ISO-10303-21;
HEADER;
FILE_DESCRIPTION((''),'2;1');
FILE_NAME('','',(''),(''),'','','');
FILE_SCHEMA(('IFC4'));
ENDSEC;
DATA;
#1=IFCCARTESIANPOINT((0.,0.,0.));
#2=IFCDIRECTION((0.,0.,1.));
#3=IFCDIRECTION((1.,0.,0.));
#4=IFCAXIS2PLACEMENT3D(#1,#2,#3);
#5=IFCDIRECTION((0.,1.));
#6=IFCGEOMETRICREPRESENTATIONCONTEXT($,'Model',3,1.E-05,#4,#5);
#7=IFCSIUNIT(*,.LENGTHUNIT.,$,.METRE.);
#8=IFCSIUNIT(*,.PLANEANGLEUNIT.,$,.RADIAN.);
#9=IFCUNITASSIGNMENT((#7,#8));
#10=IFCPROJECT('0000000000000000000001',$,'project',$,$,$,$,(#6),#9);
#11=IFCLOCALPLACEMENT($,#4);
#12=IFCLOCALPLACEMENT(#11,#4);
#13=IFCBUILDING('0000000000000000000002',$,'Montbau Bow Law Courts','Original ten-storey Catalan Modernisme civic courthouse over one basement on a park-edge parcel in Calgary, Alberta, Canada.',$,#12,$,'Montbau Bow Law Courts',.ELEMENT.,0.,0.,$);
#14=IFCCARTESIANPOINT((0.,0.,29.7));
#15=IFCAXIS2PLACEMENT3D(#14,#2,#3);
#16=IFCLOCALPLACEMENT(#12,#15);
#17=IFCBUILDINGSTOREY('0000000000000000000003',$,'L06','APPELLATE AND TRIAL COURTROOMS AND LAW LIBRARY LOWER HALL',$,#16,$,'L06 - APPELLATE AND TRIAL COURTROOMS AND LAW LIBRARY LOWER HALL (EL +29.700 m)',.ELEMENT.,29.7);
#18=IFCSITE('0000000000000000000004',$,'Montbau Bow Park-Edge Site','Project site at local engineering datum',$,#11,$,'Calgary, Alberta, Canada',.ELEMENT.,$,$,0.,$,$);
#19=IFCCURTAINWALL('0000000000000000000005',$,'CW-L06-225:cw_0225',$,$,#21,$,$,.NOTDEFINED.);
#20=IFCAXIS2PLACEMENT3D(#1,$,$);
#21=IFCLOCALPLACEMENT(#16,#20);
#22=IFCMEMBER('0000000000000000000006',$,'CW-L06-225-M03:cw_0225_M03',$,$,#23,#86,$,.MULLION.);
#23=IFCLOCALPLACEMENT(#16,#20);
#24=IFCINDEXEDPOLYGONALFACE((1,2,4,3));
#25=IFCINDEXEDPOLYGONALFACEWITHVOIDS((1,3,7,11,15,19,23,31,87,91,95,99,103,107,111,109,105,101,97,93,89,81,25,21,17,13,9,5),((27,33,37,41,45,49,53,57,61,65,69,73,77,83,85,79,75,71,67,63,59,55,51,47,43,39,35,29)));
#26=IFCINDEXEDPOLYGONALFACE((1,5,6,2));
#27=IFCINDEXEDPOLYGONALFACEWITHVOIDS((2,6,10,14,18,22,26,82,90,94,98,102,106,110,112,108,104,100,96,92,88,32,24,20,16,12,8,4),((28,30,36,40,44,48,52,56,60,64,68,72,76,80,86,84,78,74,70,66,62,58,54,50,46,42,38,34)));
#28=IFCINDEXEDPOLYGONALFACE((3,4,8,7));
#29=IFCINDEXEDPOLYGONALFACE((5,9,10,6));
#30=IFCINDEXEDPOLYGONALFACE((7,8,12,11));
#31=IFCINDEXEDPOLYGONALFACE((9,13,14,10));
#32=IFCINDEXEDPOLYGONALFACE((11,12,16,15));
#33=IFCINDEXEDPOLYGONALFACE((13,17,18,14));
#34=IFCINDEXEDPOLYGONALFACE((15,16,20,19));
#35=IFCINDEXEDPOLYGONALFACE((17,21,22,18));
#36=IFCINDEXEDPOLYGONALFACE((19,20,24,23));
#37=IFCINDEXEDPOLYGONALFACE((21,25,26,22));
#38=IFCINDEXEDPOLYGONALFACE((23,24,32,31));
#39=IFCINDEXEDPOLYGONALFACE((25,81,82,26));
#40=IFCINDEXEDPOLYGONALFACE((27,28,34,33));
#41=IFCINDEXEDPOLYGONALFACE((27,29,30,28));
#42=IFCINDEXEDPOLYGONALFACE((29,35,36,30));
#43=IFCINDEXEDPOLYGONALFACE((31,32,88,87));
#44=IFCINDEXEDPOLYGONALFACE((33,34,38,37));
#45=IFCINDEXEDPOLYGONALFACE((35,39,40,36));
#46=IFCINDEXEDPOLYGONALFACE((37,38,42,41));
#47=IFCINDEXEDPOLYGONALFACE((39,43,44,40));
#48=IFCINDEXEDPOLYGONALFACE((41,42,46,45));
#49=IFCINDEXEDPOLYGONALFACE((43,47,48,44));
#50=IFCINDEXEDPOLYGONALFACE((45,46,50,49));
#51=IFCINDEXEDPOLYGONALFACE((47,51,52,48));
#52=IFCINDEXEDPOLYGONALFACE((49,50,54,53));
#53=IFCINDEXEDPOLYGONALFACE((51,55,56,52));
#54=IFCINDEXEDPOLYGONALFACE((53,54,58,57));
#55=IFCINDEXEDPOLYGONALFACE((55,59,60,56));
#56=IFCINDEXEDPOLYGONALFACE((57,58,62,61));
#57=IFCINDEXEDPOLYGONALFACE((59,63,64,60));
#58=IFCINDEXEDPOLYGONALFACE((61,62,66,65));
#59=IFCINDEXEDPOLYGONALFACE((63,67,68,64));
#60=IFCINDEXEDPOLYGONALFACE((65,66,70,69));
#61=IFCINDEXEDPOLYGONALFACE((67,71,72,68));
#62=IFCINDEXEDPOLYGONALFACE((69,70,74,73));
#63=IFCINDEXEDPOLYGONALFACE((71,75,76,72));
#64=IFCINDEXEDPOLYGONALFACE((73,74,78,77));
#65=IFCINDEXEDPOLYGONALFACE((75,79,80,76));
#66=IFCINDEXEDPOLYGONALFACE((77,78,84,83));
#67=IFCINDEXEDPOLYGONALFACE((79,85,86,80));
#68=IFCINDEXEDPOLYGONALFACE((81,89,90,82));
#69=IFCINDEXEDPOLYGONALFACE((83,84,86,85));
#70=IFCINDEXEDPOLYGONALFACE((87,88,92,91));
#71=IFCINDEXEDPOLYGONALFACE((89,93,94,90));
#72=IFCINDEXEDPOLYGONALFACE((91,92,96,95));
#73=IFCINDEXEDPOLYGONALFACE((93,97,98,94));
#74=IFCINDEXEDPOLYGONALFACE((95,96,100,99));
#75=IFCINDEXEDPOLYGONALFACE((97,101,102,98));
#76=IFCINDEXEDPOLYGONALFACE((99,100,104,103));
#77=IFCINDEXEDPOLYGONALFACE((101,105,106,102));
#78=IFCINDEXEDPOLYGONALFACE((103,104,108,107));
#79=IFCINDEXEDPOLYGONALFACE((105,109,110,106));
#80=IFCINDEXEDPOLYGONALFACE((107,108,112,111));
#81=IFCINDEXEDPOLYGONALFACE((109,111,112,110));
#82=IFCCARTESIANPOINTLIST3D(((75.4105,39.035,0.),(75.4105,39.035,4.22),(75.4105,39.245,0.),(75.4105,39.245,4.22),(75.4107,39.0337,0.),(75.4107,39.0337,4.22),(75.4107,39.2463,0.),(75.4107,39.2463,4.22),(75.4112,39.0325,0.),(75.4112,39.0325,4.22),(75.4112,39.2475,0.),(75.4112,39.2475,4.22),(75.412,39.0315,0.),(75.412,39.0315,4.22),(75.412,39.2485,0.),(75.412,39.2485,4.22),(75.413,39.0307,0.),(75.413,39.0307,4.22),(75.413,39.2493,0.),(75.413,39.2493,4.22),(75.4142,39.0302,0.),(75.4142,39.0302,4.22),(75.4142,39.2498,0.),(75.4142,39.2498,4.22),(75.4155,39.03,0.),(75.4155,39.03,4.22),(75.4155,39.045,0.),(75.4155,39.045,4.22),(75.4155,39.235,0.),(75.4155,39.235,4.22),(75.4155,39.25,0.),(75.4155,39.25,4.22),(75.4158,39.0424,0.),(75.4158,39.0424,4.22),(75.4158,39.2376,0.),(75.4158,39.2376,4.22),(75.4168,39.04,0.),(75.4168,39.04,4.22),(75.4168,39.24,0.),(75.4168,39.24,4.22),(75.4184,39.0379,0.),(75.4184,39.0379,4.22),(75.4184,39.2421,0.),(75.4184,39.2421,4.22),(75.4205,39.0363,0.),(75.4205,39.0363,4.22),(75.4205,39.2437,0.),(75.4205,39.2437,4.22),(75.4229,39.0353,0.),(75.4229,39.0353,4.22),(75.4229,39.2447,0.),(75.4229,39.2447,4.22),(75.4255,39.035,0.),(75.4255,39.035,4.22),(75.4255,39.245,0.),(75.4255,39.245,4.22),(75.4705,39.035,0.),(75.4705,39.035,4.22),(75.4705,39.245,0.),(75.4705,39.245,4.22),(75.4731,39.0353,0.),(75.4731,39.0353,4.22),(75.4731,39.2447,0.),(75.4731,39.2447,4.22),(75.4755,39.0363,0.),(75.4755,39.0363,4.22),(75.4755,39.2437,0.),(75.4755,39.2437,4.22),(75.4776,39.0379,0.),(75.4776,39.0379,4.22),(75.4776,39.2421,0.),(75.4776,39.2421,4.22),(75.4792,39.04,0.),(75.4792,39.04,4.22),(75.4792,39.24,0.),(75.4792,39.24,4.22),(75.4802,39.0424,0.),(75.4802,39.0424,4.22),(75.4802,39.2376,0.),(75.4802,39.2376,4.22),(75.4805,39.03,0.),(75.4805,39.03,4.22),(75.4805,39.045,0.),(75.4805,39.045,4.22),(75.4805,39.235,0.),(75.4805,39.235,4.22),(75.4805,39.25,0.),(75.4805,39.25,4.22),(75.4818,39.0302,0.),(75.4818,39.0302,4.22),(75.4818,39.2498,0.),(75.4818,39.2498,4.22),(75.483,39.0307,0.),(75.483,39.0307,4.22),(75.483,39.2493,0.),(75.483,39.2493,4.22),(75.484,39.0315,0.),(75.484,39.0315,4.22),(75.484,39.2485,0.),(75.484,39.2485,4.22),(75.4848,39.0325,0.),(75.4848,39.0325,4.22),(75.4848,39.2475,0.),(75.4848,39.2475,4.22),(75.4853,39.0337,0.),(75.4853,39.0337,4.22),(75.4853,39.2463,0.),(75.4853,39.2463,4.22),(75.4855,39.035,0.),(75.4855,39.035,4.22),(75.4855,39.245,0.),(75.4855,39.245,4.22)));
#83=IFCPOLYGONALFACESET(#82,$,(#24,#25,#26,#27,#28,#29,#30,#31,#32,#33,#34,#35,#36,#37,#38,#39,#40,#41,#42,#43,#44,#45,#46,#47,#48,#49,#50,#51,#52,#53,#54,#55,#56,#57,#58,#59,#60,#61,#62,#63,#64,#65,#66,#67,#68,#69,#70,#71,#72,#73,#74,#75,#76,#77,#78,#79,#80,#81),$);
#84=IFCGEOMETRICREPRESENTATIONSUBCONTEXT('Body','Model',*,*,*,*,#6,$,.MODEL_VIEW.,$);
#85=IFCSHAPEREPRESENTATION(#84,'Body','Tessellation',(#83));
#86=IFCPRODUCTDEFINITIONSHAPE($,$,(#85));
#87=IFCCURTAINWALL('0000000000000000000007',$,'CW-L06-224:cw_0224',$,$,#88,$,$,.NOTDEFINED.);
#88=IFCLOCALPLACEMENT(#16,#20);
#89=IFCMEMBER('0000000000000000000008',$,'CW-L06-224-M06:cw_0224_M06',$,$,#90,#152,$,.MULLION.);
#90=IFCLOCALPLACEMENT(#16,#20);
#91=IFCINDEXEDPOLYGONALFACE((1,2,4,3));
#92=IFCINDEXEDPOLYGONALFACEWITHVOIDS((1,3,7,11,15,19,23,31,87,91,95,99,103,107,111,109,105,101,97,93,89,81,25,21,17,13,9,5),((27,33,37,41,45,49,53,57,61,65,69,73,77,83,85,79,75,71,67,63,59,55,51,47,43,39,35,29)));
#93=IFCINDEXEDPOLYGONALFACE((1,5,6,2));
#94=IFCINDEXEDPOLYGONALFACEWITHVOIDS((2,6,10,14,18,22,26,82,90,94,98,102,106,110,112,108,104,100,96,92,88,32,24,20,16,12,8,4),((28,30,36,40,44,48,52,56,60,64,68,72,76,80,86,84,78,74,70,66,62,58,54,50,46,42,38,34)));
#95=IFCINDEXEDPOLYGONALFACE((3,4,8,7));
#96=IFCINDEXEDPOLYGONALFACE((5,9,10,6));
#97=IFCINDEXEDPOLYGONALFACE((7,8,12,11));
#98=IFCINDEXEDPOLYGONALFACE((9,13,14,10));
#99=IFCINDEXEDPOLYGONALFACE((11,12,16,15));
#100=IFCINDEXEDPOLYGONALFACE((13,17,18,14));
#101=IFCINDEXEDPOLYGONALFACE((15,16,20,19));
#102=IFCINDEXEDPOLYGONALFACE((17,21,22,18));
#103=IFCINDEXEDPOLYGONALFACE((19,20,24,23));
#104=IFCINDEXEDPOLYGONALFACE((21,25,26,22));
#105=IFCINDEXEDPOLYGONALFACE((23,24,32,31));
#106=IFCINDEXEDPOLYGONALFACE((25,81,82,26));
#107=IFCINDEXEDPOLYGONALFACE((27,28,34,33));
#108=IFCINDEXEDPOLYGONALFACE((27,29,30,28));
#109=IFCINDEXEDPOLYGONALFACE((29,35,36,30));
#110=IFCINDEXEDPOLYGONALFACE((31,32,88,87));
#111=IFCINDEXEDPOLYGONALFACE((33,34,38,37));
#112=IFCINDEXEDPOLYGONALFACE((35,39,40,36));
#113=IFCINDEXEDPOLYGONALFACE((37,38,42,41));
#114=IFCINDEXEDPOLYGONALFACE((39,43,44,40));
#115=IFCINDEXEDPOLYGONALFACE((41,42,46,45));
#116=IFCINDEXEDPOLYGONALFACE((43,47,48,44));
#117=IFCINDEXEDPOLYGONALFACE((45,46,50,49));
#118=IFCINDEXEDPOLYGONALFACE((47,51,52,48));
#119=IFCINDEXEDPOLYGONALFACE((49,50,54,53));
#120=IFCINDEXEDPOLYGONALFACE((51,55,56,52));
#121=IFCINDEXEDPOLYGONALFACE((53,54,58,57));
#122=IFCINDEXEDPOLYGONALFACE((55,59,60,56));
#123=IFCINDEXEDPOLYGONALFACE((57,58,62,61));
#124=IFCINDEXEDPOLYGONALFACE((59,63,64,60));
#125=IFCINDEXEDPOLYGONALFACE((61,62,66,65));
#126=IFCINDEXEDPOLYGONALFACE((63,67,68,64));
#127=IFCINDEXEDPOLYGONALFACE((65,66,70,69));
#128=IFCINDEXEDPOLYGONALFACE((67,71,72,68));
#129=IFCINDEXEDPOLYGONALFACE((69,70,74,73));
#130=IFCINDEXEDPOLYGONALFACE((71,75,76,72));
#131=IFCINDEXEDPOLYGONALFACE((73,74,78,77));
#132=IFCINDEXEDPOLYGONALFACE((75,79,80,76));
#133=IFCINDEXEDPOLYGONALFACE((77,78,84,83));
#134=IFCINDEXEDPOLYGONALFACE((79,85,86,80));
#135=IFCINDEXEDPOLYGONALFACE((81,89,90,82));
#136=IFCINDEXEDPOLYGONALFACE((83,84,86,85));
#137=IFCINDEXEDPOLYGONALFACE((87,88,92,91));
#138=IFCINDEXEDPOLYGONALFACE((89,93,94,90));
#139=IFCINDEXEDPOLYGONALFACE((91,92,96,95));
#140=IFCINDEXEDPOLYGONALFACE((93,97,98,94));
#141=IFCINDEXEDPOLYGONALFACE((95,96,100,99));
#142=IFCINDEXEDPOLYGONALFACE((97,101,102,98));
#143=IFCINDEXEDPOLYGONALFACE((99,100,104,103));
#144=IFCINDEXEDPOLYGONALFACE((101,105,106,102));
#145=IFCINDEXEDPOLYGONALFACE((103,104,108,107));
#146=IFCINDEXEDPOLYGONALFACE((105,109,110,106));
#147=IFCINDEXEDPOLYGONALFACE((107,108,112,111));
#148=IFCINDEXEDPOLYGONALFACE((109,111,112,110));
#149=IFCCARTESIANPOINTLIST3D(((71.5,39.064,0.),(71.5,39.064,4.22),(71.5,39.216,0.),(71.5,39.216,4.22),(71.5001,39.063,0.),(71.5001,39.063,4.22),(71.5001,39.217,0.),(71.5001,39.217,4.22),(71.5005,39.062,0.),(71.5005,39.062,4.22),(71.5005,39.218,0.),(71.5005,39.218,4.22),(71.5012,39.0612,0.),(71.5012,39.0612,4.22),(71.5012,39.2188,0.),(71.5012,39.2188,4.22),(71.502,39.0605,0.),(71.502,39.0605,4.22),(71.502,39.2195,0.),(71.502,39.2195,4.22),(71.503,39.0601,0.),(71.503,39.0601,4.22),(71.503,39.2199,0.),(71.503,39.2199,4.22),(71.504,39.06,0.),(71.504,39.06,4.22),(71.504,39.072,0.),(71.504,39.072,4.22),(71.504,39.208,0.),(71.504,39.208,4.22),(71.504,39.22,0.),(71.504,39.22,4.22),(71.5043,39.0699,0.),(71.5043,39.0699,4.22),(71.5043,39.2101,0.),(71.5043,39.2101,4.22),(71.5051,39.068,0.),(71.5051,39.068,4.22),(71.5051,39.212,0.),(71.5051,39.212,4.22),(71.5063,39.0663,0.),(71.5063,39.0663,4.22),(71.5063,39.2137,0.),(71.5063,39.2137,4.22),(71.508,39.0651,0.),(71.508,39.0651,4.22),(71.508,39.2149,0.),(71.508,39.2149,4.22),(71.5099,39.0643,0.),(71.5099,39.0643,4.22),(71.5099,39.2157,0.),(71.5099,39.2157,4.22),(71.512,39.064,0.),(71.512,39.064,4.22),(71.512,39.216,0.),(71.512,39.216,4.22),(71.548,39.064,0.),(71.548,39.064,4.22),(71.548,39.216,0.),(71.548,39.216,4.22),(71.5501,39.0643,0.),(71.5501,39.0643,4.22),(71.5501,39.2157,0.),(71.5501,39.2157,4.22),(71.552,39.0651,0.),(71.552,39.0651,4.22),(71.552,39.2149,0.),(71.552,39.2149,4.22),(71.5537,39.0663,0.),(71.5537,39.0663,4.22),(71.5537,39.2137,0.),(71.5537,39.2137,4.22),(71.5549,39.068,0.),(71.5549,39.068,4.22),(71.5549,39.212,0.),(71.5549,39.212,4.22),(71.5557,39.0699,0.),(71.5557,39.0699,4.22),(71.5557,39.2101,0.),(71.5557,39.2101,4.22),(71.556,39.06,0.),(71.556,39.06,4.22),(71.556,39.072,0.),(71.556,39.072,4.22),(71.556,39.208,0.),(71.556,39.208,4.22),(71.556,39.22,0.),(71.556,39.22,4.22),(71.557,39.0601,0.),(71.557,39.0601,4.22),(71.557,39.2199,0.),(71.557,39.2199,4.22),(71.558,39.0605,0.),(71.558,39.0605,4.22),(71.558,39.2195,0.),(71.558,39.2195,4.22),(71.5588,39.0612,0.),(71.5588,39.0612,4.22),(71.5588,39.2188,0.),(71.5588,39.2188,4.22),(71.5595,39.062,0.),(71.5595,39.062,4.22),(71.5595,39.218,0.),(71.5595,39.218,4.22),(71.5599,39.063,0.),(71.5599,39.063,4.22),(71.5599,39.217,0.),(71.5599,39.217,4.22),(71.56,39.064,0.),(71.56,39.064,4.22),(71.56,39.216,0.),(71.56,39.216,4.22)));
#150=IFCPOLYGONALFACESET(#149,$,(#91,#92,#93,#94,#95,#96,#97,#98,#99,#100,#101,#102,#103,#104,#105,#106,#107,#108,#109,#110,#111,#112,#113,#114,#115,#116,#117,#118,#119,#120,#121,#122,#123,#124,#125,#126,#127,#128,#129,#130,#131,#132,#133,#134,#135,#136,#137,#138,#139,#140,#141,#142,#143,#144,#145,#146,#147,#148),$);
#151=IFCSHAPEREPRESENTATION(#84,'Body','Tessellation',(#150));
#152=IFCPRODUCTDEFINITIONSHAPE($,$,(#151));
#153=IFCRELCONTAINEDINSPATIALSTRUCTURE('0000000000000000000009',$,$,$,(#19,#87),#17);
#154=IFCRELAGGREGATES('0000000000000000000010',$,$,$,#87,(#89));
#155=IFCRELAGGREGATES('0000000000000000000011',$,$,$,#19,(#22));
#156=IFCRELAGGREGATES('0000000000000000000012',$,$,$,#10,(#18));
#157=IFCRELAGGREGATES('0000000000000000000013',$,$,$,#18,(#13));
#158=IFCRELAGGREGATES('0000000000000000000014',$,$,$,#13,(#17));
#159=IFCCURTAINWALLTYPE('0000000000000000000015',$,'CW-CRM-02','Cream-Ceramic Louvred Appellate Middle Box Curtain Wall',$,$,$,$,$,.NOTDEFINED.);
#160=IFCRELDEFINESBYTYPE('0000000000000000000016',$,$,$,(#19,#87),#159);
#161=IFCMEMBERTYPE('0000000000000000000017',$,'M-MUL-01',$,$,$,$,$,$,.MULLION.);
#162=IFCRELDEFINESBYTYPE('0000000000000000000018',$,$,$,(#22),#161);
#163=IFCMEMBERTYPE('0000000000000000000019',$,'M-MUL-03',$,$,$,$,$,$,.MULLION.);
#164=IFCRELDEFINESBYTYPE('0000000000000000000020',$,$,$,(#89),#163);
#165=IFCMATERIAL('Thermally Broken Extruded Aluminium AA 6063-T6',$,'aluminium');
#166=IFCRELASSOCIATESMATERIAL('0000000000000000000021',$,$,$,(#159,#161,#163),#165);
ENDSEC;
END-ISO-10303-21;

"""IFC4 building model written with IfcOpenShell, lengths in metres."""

from ifc_helpers import new_model, si_unit, direction, frame, origin_with_axes, origin_2d_with_axis, place, context, subcontext, project, spatial, hollow_rectangle, extrude, material, material_profile, profile_set, type_object, element, aggregate, save


model = new_model("IFC4")

# Units and contexts
model_context = context("Model", 3, precision=1e-05, world=origin_with_axes(), true_north=direction((0.0, 1.0)))
body_context = subcontext(model_context, "Body", "Model", "MODEL_VIEW")
ifc_project = project(units=[si_unit("LENGTHUNIT", "METRE"), si_unit("PLANEANGLEUNIT", "RADIAN")], contexts=[model_context])

# Site, building, storey
site_placement = place(None, origin_with_axes())
site = spatial("IfcSite", under=ifc_project, at=site_placement, Name="Montbau Bow Park-Edge Site", Description="Project site at local engineering datum", LongName="Calgary, Alberta, Canada", CompositionType="ELEMENT", RefElevation=0.0)
building_placement = place(site_placement, origin_with_axes())
building = spatial("IfcBuilding", under=site, at=building_placement, Name="Montbau Bow Law Courts", Description="Original ten-storey Catalan Modernisme civic courthouse over one basement on a park-edge parcel in Calgary, Alberta, Canada.", LongName="Montbau Bow Law Courts", CompositionType="ELEMENT", ElevationOfRefHeight=0.0, ElevationOfTerrain=0.0)
storey_placement = place(building_placement, frame((0.0, 0.0, 29.7), z_axis=(0.0, 0.0, 1.0), x_axis=(1.0, 0.0, 0.0)))
storey = spatial("IfcBuildingStorey", under=building, at=storey_placement, Name="L06", Description="APPELLATE AND TRIAL COURTROOMS AND LAW LIBRARY LOWER HALL", LongName="L06 - APPELLATE AND TRIAL COURTROOMS AND LAW LIBRARY LOWER HALL (EL +29.700 m)", CompositionType="ELEMENT", Elevation=29.7)

# Curtain walls, members
ifc_material_1 = material(Name="Thermally Broken Extruded Aluminium AA 6063-T6", Category="aluminium")
curtain_wall_type = type_object("IfcCurtainWallType", Name="CW-CRM-02", Description="Cream-Ceramic Louvred Appellate Middle Box Curtain Wall", PredefinedType="NOTDEFINED", material=ifc_material_1)
curtain_wall_1_placement = place(None, frame((72.44, 39.14, 29.7), z_axis=(0.0, 0.0, 1.0), x_axis=(1.0, 0.0, 0.0)))
curtain_wall_1 = element("IfcCurtainWall", 1, at=curtain_wall_1_placement, inside=storey, type_object=curtain_wall_type, Name="CW-L06-225:cw_0225", PredefinedType="NOTDEFINED")
ifc_material_profile_1 = material_profile(ifc_material_1, hollow_rectangle(XDim=0.075, YDim=0.22, WallThickness=0.005, InnerFilletRadius=0.01, OuterFilletRadius=0.005, at=origin_2d_with_axis()), Name="CWM-220X75", Category="Main", Priority=0)
ifc_profile_set_1 = profile_set([ifc_material_profile_1], Name="Thermally Broken Extruded Aluminium AA 6063-T6")
member_type_1 = type_object("IfcMemberType", Name="M-MUL-01", PredefinedType="MULLION", material=ifc_profile_set_1)
member_1_placement = place(None, frame((75.448, 39.14, 29.7), z_axis=(0.0, 0.0, 1.0), x_axis=(1.0, 0.0, 0.0)))
member_1 = element("IfcMember", 2, at=member_1_placement, type_object=member_type_1, Name="CW-L06-225-M03:cw_0225_M03", PredefinedType="MULLION", context=body_context, shape_type="SweptSolid", body=[
    extrude(hollow_rectangle(XDim=0.075, YDim=0.22, WallThickness=0.005, InnerFilletRadius=0.01, OuterFilletRadius=0.005, at=origin_2d_with_axis()), origin_with_axes(), (0.0, 0.0, 1.0), 4.22),
])
curtain_wall_2_placement = place(None, frame((64.04, 39.14, 29.7), z_axis=(0.0, 0.0, 1.0), x_axis=(1.0, 0.0, 0.0)))
curtain_wall_2 = element("IfcCurtainWall", 3, at=curtain_wall_2_placement, inside=storey, type_object=curtain_wall_type, Name="CW-L06-224:cw_0224", PredefinedType="NOTDEFINED")
ifc_material_profile_2 = material_profile(ifc_material_1, hollow_rectangle(XDim=0.06, YDim=0.16, WallThickness=0.004, InnerFilletRadius=0.008, OuterFilletRadius=0.004, at=origin_2d_with_axis()), Name="CWM-160X60", Category="Main", Priority=0)
ifc_profile_set_2 = profile_set([ifc_material_profile_2], Name="Thermally Broken Extruded Aluminium AA 6063-T6")
member_type_2 = type_object("IfcMemberType", Name="M-MUL-03", PredefinedType="MULLION", material=ifc_profile_set_2)
member_2_placement = place(None, frame((71.53, 39.14, 29.7), z_axis=(0.0, 0.0, 1.0), x_axis=(1.0, 0.0, 0.0)))
member_2 = element("IfcMember", 4, at=member_2_placement, type_object=member_type_2, Name="CW-L06-224-M06:cw_0224_M06", PredefinedType="MULLION", context=body_context, shape_type="SweptSolid", body=[
    extrude(hollow_rectangle(XDim=0.06, YDim=0.16, WallThickness=0.004, InnerFilletRadius=0.008, OuterFilletRadius=0.004, at=origin_2d_with_axis()), origin_with_axes(), (0.0, 0.0, 1.0), 4.22),
])
aggregate(curtain_wall_2, [member_2])

aggregate(curtain_wall_1, [member_1])

save(model, "model.ifc")
